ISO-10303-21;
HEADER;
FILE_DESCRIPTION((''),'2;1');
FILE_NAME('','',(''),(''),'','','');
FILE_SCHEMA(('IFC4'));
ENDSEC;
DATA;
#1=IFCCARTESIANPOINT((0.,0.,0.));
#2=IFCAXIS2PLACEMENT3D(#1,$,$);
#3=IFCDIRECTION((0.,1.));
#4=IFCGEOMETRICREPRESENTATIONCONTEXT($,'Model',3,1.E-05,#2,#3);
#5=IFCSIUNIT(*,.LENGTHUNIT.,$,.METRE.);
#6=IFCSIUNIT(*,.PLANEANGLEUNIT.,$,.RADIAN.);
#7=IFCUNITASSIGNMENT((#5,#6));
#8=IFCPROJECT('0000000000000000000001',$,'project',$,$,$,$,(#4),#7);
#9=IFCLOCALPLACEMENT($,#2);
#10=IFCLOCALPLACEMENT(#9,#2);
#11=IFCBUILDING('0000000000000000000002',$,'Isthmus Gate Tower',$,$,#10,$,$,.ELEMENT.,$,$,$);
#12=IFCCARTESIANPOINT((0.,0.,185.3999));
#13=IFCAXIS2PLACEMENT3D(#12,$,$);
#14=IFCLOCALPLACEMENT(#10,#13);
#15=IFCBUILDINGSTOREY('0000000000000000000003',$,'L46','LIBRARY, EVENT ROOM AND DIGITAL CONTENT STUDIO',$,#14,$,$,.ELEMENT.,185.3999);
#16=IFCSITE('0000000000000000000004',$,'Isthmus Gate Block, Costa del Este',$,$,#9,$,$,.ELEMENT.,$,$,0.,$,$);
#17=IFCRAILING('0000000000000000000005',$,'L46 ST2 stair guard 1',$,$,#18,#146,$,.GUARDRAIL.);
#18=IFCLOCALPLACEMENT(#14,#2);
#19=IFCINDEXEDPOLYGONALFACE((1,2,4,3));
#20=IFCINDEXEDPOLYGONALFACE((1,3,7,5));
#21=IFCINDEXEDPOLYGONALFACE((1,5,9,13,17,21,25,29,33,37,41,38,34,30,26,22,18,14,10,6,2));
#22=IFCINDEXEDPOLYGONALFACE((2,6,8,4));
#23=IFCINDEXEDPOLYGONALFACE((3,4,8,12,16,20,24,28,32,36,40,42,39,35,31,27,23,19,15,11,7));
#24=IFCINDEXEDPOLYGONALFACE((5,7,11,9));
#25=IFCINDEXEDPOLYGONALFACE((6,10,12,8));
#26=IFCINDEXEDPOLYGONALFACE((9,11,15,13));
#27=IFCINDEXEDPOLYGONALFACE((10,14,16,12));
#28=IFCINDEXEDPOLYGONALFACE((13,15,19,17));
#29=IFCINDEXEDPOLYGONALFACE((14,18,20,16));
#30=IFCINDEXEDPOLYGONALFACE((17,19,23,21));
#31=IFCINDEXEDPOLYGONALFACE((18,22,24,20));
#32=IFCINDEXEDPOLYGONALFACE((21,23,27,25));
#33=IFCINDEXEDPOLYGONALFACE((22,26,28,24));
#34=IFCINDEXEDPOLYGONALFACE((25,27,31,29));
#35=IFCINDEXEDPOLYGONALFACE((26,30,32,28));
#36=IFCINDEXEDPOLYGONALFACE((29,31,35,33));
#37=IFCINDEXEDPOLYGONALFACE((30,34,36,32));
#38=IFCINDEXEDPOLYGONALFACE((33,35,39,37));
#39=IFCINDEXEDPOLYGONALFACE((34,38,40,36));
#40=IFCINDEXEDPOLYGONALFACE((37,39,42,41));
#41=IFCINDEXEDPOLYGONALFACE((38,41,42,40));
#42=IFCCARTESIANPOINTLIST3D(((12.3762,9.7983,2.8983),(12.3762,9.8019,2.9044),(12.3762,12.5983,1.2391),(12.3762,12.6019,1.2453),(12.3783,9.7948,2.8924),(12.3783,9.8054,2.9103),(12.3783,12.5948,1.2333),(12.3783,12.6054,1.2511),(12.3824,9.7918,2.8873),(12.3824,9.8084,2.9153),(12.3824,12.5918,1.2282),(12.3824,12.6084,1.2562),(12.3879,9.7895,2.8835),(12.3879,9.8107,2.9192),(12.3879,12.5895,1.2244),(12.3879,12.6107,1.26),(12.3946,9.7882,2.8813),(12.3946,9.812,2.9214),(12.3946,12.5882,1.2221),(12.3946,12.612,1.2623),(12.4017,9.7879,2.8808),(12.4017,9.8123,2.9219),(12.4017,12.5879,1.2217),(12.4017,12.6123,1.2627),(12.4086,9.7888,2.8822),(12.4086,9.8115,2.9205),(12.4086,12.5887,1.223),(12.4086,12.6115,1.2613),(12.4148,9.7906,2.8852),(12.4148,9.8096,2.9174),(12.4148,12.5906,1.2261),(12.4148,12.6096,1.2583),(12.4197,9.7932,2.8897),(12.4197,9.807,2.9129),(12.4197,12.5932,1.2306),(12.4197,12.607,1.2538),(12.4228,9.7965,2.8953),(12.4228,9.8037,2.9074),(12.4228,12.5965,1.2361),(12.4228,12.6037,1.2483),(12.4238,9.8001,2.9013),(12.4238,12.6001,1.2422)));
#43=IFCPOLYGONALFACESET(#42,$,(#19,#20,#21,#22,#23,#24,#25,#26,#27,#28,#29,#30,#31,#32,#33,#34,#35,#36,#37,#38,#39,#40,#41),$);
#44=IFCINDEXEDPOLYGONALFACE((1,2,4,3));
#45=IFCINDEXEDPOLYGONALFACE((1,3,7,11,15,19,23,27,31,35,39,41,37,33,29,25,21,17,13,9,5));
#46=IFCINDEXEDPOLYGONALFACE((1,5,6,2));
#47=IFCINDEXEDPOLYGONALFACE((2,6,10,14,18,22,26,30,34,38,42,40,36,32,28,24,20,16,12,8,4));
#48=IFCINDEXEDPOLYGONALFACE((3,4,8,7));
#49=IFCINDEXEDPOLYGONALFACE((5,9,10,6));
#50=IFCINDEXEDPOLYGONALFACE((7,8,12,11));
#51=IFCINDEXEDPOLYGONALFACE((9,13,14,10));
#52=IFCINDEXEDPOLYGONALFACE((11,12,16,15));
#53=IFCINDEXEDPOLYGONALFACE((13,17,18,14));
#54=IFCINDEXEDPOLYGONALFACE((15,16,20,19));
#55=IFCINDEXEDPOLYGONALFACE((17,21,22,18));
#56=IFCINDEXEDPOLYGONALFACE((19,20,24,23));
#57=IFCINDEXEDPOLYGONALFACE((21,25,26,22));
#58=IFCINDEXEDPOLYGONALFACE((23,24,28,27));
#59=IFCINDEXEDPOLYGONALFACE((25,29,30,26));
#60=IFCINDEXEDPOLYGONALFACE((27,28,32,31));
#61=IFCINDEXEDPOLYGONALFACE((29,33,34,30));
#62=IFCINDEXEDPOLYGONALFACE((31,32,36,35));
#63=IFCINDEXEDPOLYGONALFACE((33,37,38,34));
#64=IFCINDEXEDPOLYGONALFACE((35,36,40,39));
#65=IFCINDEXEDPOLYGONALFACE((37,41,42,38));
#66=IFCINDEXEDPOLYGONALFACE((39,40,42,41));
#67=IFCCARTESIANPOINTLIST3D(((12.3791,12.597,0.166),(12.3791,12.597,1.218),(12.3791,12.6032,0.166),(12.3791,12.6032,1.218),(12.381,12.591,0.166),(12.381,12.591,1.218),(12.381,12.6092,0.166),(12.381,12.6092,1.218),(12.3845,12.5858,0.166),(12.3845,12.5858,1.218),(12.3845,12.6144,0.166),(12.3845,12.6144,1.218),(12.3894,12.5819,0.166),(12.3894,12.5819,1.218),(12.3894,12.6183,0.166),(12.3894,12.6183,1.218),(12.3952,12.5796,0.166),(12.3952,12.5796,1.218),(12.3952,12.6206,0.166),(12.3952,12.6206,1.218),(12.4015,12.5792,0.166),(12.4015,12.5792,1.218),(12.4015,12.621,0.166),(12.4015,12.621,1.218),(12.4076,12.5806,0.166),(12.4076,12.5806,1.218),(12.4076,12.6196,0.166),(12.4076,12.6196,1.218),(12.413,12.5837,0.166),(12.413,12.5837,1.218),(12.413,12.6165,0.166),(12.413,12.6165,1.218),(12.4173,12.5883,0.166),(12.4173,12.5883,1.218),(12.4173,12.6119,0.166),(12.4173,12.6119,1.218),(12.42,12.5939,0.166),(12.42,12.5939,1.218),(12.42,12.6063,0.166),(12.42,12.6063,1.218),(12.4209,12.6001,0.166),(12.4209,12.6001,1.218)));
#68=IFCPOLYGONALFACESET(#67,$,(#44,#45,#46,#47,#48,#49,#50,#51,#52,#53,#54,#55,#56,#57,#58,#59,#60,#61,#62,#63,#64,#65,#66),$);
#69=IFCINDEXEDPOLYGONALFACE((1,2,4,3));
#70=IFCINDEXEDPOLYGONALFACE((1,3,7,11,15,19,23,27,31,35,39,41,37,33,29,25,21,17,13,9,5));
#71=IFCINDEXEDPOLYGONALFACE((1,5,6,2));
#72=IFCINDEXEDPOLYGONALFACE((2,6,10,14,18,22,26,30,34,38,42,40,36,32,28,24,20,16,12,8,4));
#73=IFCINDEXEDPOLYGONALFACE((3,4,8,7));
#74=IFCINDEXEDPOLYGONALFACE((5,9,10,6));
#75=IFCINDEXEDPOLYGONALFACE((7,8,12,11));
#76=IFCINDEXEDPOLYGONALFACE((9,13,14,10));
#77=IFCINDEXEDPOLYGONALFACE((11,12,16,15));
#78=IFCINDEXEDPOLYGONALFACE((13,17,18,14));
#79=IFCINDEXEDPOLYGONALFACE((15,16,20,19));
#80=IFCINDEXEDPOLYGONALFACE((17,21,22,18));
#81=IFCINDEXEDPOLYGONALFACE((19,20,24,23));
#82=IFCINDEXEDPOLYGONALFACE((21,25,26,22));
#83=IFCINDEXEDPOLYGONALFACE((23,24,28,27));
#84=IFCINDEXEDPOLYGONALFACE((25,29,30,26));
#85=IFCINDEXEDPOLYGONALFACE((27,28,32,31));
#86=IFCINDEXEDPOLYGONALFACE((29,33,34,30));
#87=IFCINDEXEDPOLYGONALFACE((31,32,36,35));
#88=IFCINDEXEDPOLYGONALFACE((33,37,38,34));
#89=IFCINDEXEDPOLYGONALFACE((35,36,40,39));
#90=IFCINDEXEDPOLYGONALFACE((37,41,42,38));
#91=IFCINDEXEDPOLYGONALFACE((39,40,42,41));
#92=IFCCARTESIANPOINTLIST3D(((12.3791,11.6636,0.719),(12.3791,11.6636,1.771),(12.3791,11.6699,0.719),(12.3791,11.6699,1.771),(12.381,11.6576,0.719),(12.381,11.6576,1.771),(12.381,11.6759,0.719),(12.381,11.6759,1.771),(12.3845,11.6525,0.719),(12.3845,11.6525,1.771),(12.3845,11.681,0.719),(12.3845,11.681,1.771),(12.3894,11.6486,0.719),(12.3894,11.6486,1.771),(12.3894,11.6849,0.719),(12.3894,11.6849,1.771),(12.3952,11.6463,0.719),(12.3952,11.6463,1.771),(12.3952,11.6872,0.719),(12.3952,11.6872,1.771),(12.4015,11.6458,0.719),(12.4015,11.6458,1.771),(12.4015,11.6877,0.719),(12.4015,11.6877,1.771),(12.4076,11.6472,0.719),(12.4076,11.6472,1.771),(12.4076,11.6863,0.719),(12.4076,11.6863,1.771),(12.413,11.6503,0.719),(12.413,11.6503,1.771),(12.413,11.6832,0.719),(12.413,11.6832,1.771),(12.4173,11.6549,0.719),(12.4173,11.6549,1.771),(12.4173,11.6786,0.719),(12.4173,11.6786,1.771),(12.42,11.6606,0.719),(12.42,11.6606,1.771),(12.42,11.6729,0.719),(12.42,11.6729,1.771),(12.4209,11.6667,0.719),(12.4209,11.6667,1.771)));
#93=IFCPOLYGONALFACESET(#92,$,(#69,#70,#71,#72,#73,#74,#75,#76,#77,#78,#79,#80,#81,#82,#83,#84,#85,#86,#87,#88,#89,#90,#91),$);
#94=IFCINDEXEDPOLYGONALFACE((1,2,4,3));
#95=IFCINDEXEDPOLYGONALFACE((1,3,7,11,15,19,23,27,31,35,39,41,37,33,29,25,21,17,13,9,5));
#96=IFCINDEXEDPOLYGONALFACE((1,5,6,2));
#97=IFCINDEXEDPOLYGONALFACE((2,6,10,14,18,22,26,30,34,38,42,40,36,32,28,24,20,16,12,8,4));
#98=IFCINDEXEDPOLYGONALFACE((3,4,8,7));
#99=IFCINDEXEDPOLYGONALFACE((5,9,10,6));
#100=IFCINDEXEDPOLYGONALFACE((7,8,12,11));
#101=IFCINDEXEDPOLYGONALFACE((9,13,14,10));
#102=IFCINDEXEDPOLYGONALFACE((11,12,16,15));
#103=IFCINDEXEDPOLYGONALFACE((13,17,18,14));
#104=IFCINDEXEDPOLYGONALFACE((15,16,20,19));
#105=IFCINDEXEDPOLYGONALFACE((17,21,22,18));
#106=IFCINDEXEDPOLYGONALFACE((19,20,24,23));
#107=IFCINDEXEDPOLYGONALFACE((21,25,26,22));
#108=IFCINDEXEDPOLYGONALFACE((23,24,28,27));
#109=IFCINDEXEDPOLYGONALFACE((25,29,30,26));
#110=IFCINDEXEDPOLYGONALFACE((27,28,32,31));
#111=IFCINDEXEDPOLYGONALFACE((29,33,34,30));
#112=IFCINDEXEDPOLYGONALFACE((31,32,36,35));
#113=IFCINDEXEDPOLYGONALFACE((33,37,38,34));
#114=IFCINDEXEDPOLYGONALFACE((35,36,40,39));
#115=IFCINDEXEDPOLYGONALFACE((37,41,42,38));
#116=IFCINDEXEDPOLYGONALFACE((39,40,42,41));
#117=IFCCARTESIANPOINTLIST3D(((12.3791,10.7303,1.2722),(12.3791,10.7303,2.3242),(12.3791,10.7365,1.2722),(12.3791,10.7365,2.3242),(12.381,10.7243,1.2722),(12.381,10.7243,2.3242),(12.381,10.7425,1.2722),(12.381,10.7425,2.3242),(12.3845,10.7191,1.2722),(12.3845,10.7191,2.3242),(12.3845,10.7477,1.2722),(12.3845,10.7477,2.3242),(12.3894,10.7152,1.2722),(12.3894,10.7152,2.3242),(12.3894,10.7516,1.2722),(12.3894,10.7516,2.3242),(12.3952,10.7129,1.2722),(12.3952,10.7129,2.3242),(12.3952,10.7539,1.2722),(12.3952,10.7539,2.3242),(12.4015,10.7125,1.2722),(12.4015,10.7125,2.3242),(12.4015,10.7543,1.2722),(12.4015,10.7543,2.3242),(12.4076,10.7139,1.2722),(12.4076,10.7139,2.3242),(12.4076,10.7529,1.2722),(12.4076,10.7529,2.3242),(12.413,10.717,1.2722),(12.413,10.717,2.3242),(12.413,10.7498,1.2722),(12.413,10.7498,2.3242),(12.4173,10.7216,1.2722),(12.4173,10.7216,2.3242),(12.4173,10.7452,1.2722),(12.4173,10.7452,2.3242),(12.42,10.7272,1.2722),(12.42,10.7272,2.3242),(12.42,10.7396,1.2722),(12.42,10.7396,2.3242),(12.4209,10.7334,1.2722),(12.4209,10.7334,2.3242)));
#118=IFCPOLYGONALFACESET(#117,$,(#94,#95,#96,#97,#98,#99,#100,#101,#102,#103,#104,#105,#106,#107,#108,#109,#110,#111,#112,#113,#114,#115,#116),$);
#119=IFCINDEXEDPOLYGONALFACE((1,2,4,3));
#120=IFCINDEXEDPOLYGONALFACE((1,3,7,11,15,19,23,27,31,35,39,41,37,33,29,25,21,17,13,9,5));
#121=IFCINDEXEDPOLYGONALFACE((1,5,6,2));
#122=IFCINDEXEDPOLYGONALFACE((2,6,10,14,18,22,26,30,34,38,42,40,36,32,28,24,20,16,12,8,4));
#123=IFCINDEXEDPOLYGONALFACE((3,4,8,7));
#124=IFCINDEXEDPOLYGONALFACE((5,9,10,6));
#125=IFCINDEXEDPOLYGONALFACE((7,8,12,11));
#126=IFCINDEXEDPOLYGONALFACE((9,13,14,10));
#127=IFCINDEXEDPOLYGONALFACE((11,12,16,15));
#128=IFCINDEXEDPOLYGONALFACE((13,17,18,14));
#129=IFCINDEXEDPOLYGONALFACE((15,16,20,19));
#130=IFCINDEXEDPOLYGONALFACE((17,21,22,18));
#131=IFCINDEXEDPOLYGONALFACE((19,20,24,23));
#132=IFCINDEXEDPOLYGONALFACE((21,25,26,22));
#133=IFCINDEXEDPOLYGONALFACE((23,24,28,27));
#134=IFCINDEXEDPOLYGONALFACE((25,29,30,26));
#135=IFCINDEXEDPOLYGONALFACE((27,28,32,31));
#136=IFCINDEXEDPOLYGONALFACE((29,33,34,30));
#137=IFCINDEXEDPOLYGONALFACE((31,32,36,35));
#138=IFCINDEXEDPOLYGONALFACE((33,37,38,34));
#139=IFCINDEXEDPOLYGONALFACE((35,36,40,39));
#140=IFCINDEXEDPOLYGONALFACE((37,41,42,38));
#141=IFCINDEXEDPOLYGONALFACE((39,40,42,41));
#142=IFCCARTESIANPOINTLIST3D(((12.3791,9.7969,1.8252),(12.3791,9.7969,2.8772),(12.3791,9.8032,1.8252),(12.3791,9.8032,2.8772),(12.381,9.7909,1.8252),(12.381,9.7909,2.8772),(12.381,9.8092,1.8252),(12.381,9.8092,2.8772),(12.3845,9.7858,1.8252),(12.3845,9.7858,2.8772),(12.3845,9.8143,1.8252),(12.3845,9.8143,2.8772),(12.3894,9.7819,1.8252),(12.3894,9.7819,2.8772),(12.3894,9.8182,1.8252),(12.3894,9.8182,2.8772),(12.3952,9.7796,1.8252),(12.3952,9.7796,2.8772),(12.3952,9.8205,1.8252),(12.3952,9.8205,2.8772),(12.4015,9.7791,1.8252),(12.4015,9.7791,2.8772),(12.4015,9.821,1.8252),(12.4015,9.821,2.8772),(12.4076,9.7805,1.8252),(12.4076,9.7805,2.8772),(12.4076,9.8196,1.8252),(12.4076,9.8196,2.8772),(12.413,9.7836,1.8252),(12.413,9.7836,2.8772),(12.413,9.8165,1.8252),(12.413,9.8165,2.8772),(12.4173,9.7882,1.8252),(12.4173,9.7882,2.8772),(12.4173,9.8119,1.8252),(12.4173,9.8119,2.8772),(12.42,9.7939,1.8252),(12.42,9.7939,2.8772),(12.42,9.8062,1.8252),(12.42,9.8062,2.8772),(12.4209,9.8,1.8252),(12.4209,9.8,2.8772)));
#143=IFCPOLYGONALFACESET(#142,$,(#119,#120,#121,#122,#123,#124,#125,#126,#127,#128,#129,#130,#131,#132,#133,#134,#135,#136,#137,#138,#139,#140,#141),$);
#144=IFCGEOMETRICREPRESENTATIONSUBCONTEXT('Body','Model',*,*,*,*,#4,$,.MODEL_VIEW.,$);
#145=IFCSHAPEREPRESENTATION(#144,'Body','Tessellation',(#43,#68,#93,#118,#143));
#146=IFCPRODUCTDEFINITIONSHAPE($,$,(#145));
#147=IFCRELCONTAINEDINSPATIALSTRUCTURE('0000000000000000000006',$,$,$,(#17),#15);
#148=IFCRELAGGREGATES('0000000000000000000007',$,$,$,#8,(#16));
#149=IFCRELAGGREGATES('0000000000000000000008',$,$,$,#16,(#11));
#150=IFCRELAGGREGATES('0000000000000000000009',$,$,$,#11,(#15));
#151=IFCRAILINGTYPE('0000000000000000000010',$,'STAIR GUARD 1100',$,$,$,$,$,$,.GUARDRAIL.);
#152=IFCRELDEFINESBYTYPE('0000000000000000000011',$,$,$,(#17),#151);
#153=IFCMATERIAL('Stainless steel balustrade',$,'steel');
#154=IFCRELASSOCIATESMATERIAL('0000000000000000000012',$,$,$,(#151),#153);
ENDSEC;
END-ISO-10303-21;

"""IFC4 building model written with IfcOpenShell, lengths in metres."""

from ifc_helpers import new_model, si_unit, direction, frame, origin, origin_2d, place, context, subcontext, project, spatial, circle, extrude, material, type_object, element, save


model = new_model("IFC4")

# Units and contexts
model_context = context("Model", 3, precision=1e-05, world=origin(), true_north=direction((0.0, 1.0)))
body_context = subcontext(model_context, "Body", "Model", "MODEL_VIEW")
ifc_project = project(units=[si_unit("LENGTHUNIT", "METRE"), si_unit("PLANEANGLEUNIT", "RADIAN")], contexts=[model_context])

# Site, building, storey
site_placement = place(None, origin())
site = spatial("IfcSite", under=ifc_project, at=site_placement, Name="Isthmus Gate Block, Costa del Este", CompositionType="ELEMENT", RefElevation=0.0)
building_placement = place(site_placement, origin())
building = spatial("IfcBuilding", under=site, at=building_placement, Name="Isthmus Gate Tower", CompositionType="ELEMENT")
storey_placement = place(building_placement, frame((0.0, 0.0, 185.3999)))
storey = spatial("IfcBuildingStorey", under=building, at=storey_placement, Name="L46", Description="LIBRARY, EVENT ROOM AND DIGITAL CONTENT STUDIO", CompositionType="ELEMENT", Elevation=185.3999)

# Railing
ifc_material_1 = material(Name="Stainless steel balustrade", Category="steel")
railing_type_1 = type_object("IfcRailingType", Name="STAIR GUARD 1100", PredefinedType="GUARDRAIL", material=ifc_material_1)
railing_1_placement = place(storey_placement, frame((12.3999, 12.6001, 0.166)))
element("IfcRailing", 1, at=railing_1_placement, inside=storey, type_object=railing_type_1, Name="L46 ST2 stair guard 1", PredefinedType="GUARDRAIL", context=body_context, shape_type="SweptSolid", body=[
    extrude(circle(Radius=0.0239, at=origin_2d()), frame((0.0, 0.0, 1.0762), z_axis=(0.0, -0.860306, 0.509778), x_axis=(1.0, 0.0, 0.0)), (0.0, 0.0, 1.0), 3.2546),
    extrude(circle(Radius=0.021, at=origin_2d()), origin(), (0.0, 0.0, 1.0), 1.052),
    extrude(circle(Radius=0.021, at=origin_2d()), frame((0.0, -0.9333, 0.553)), (0.0, 0.0, 1.0), 1.052),
    extrude(circle(Radius=0.021, at=origin_2d()), frame((0.0, -1.8667, 1.1062)), (0.0, 0.0, 1.0), 1.052),
    extrude(circle(Radius=0.021, at=origin_2d()), frame((0.0, -2.8, 1.6592)), (0.0, 0.0, 1.0), 1.052),
])

save(model, "model.ifc")
